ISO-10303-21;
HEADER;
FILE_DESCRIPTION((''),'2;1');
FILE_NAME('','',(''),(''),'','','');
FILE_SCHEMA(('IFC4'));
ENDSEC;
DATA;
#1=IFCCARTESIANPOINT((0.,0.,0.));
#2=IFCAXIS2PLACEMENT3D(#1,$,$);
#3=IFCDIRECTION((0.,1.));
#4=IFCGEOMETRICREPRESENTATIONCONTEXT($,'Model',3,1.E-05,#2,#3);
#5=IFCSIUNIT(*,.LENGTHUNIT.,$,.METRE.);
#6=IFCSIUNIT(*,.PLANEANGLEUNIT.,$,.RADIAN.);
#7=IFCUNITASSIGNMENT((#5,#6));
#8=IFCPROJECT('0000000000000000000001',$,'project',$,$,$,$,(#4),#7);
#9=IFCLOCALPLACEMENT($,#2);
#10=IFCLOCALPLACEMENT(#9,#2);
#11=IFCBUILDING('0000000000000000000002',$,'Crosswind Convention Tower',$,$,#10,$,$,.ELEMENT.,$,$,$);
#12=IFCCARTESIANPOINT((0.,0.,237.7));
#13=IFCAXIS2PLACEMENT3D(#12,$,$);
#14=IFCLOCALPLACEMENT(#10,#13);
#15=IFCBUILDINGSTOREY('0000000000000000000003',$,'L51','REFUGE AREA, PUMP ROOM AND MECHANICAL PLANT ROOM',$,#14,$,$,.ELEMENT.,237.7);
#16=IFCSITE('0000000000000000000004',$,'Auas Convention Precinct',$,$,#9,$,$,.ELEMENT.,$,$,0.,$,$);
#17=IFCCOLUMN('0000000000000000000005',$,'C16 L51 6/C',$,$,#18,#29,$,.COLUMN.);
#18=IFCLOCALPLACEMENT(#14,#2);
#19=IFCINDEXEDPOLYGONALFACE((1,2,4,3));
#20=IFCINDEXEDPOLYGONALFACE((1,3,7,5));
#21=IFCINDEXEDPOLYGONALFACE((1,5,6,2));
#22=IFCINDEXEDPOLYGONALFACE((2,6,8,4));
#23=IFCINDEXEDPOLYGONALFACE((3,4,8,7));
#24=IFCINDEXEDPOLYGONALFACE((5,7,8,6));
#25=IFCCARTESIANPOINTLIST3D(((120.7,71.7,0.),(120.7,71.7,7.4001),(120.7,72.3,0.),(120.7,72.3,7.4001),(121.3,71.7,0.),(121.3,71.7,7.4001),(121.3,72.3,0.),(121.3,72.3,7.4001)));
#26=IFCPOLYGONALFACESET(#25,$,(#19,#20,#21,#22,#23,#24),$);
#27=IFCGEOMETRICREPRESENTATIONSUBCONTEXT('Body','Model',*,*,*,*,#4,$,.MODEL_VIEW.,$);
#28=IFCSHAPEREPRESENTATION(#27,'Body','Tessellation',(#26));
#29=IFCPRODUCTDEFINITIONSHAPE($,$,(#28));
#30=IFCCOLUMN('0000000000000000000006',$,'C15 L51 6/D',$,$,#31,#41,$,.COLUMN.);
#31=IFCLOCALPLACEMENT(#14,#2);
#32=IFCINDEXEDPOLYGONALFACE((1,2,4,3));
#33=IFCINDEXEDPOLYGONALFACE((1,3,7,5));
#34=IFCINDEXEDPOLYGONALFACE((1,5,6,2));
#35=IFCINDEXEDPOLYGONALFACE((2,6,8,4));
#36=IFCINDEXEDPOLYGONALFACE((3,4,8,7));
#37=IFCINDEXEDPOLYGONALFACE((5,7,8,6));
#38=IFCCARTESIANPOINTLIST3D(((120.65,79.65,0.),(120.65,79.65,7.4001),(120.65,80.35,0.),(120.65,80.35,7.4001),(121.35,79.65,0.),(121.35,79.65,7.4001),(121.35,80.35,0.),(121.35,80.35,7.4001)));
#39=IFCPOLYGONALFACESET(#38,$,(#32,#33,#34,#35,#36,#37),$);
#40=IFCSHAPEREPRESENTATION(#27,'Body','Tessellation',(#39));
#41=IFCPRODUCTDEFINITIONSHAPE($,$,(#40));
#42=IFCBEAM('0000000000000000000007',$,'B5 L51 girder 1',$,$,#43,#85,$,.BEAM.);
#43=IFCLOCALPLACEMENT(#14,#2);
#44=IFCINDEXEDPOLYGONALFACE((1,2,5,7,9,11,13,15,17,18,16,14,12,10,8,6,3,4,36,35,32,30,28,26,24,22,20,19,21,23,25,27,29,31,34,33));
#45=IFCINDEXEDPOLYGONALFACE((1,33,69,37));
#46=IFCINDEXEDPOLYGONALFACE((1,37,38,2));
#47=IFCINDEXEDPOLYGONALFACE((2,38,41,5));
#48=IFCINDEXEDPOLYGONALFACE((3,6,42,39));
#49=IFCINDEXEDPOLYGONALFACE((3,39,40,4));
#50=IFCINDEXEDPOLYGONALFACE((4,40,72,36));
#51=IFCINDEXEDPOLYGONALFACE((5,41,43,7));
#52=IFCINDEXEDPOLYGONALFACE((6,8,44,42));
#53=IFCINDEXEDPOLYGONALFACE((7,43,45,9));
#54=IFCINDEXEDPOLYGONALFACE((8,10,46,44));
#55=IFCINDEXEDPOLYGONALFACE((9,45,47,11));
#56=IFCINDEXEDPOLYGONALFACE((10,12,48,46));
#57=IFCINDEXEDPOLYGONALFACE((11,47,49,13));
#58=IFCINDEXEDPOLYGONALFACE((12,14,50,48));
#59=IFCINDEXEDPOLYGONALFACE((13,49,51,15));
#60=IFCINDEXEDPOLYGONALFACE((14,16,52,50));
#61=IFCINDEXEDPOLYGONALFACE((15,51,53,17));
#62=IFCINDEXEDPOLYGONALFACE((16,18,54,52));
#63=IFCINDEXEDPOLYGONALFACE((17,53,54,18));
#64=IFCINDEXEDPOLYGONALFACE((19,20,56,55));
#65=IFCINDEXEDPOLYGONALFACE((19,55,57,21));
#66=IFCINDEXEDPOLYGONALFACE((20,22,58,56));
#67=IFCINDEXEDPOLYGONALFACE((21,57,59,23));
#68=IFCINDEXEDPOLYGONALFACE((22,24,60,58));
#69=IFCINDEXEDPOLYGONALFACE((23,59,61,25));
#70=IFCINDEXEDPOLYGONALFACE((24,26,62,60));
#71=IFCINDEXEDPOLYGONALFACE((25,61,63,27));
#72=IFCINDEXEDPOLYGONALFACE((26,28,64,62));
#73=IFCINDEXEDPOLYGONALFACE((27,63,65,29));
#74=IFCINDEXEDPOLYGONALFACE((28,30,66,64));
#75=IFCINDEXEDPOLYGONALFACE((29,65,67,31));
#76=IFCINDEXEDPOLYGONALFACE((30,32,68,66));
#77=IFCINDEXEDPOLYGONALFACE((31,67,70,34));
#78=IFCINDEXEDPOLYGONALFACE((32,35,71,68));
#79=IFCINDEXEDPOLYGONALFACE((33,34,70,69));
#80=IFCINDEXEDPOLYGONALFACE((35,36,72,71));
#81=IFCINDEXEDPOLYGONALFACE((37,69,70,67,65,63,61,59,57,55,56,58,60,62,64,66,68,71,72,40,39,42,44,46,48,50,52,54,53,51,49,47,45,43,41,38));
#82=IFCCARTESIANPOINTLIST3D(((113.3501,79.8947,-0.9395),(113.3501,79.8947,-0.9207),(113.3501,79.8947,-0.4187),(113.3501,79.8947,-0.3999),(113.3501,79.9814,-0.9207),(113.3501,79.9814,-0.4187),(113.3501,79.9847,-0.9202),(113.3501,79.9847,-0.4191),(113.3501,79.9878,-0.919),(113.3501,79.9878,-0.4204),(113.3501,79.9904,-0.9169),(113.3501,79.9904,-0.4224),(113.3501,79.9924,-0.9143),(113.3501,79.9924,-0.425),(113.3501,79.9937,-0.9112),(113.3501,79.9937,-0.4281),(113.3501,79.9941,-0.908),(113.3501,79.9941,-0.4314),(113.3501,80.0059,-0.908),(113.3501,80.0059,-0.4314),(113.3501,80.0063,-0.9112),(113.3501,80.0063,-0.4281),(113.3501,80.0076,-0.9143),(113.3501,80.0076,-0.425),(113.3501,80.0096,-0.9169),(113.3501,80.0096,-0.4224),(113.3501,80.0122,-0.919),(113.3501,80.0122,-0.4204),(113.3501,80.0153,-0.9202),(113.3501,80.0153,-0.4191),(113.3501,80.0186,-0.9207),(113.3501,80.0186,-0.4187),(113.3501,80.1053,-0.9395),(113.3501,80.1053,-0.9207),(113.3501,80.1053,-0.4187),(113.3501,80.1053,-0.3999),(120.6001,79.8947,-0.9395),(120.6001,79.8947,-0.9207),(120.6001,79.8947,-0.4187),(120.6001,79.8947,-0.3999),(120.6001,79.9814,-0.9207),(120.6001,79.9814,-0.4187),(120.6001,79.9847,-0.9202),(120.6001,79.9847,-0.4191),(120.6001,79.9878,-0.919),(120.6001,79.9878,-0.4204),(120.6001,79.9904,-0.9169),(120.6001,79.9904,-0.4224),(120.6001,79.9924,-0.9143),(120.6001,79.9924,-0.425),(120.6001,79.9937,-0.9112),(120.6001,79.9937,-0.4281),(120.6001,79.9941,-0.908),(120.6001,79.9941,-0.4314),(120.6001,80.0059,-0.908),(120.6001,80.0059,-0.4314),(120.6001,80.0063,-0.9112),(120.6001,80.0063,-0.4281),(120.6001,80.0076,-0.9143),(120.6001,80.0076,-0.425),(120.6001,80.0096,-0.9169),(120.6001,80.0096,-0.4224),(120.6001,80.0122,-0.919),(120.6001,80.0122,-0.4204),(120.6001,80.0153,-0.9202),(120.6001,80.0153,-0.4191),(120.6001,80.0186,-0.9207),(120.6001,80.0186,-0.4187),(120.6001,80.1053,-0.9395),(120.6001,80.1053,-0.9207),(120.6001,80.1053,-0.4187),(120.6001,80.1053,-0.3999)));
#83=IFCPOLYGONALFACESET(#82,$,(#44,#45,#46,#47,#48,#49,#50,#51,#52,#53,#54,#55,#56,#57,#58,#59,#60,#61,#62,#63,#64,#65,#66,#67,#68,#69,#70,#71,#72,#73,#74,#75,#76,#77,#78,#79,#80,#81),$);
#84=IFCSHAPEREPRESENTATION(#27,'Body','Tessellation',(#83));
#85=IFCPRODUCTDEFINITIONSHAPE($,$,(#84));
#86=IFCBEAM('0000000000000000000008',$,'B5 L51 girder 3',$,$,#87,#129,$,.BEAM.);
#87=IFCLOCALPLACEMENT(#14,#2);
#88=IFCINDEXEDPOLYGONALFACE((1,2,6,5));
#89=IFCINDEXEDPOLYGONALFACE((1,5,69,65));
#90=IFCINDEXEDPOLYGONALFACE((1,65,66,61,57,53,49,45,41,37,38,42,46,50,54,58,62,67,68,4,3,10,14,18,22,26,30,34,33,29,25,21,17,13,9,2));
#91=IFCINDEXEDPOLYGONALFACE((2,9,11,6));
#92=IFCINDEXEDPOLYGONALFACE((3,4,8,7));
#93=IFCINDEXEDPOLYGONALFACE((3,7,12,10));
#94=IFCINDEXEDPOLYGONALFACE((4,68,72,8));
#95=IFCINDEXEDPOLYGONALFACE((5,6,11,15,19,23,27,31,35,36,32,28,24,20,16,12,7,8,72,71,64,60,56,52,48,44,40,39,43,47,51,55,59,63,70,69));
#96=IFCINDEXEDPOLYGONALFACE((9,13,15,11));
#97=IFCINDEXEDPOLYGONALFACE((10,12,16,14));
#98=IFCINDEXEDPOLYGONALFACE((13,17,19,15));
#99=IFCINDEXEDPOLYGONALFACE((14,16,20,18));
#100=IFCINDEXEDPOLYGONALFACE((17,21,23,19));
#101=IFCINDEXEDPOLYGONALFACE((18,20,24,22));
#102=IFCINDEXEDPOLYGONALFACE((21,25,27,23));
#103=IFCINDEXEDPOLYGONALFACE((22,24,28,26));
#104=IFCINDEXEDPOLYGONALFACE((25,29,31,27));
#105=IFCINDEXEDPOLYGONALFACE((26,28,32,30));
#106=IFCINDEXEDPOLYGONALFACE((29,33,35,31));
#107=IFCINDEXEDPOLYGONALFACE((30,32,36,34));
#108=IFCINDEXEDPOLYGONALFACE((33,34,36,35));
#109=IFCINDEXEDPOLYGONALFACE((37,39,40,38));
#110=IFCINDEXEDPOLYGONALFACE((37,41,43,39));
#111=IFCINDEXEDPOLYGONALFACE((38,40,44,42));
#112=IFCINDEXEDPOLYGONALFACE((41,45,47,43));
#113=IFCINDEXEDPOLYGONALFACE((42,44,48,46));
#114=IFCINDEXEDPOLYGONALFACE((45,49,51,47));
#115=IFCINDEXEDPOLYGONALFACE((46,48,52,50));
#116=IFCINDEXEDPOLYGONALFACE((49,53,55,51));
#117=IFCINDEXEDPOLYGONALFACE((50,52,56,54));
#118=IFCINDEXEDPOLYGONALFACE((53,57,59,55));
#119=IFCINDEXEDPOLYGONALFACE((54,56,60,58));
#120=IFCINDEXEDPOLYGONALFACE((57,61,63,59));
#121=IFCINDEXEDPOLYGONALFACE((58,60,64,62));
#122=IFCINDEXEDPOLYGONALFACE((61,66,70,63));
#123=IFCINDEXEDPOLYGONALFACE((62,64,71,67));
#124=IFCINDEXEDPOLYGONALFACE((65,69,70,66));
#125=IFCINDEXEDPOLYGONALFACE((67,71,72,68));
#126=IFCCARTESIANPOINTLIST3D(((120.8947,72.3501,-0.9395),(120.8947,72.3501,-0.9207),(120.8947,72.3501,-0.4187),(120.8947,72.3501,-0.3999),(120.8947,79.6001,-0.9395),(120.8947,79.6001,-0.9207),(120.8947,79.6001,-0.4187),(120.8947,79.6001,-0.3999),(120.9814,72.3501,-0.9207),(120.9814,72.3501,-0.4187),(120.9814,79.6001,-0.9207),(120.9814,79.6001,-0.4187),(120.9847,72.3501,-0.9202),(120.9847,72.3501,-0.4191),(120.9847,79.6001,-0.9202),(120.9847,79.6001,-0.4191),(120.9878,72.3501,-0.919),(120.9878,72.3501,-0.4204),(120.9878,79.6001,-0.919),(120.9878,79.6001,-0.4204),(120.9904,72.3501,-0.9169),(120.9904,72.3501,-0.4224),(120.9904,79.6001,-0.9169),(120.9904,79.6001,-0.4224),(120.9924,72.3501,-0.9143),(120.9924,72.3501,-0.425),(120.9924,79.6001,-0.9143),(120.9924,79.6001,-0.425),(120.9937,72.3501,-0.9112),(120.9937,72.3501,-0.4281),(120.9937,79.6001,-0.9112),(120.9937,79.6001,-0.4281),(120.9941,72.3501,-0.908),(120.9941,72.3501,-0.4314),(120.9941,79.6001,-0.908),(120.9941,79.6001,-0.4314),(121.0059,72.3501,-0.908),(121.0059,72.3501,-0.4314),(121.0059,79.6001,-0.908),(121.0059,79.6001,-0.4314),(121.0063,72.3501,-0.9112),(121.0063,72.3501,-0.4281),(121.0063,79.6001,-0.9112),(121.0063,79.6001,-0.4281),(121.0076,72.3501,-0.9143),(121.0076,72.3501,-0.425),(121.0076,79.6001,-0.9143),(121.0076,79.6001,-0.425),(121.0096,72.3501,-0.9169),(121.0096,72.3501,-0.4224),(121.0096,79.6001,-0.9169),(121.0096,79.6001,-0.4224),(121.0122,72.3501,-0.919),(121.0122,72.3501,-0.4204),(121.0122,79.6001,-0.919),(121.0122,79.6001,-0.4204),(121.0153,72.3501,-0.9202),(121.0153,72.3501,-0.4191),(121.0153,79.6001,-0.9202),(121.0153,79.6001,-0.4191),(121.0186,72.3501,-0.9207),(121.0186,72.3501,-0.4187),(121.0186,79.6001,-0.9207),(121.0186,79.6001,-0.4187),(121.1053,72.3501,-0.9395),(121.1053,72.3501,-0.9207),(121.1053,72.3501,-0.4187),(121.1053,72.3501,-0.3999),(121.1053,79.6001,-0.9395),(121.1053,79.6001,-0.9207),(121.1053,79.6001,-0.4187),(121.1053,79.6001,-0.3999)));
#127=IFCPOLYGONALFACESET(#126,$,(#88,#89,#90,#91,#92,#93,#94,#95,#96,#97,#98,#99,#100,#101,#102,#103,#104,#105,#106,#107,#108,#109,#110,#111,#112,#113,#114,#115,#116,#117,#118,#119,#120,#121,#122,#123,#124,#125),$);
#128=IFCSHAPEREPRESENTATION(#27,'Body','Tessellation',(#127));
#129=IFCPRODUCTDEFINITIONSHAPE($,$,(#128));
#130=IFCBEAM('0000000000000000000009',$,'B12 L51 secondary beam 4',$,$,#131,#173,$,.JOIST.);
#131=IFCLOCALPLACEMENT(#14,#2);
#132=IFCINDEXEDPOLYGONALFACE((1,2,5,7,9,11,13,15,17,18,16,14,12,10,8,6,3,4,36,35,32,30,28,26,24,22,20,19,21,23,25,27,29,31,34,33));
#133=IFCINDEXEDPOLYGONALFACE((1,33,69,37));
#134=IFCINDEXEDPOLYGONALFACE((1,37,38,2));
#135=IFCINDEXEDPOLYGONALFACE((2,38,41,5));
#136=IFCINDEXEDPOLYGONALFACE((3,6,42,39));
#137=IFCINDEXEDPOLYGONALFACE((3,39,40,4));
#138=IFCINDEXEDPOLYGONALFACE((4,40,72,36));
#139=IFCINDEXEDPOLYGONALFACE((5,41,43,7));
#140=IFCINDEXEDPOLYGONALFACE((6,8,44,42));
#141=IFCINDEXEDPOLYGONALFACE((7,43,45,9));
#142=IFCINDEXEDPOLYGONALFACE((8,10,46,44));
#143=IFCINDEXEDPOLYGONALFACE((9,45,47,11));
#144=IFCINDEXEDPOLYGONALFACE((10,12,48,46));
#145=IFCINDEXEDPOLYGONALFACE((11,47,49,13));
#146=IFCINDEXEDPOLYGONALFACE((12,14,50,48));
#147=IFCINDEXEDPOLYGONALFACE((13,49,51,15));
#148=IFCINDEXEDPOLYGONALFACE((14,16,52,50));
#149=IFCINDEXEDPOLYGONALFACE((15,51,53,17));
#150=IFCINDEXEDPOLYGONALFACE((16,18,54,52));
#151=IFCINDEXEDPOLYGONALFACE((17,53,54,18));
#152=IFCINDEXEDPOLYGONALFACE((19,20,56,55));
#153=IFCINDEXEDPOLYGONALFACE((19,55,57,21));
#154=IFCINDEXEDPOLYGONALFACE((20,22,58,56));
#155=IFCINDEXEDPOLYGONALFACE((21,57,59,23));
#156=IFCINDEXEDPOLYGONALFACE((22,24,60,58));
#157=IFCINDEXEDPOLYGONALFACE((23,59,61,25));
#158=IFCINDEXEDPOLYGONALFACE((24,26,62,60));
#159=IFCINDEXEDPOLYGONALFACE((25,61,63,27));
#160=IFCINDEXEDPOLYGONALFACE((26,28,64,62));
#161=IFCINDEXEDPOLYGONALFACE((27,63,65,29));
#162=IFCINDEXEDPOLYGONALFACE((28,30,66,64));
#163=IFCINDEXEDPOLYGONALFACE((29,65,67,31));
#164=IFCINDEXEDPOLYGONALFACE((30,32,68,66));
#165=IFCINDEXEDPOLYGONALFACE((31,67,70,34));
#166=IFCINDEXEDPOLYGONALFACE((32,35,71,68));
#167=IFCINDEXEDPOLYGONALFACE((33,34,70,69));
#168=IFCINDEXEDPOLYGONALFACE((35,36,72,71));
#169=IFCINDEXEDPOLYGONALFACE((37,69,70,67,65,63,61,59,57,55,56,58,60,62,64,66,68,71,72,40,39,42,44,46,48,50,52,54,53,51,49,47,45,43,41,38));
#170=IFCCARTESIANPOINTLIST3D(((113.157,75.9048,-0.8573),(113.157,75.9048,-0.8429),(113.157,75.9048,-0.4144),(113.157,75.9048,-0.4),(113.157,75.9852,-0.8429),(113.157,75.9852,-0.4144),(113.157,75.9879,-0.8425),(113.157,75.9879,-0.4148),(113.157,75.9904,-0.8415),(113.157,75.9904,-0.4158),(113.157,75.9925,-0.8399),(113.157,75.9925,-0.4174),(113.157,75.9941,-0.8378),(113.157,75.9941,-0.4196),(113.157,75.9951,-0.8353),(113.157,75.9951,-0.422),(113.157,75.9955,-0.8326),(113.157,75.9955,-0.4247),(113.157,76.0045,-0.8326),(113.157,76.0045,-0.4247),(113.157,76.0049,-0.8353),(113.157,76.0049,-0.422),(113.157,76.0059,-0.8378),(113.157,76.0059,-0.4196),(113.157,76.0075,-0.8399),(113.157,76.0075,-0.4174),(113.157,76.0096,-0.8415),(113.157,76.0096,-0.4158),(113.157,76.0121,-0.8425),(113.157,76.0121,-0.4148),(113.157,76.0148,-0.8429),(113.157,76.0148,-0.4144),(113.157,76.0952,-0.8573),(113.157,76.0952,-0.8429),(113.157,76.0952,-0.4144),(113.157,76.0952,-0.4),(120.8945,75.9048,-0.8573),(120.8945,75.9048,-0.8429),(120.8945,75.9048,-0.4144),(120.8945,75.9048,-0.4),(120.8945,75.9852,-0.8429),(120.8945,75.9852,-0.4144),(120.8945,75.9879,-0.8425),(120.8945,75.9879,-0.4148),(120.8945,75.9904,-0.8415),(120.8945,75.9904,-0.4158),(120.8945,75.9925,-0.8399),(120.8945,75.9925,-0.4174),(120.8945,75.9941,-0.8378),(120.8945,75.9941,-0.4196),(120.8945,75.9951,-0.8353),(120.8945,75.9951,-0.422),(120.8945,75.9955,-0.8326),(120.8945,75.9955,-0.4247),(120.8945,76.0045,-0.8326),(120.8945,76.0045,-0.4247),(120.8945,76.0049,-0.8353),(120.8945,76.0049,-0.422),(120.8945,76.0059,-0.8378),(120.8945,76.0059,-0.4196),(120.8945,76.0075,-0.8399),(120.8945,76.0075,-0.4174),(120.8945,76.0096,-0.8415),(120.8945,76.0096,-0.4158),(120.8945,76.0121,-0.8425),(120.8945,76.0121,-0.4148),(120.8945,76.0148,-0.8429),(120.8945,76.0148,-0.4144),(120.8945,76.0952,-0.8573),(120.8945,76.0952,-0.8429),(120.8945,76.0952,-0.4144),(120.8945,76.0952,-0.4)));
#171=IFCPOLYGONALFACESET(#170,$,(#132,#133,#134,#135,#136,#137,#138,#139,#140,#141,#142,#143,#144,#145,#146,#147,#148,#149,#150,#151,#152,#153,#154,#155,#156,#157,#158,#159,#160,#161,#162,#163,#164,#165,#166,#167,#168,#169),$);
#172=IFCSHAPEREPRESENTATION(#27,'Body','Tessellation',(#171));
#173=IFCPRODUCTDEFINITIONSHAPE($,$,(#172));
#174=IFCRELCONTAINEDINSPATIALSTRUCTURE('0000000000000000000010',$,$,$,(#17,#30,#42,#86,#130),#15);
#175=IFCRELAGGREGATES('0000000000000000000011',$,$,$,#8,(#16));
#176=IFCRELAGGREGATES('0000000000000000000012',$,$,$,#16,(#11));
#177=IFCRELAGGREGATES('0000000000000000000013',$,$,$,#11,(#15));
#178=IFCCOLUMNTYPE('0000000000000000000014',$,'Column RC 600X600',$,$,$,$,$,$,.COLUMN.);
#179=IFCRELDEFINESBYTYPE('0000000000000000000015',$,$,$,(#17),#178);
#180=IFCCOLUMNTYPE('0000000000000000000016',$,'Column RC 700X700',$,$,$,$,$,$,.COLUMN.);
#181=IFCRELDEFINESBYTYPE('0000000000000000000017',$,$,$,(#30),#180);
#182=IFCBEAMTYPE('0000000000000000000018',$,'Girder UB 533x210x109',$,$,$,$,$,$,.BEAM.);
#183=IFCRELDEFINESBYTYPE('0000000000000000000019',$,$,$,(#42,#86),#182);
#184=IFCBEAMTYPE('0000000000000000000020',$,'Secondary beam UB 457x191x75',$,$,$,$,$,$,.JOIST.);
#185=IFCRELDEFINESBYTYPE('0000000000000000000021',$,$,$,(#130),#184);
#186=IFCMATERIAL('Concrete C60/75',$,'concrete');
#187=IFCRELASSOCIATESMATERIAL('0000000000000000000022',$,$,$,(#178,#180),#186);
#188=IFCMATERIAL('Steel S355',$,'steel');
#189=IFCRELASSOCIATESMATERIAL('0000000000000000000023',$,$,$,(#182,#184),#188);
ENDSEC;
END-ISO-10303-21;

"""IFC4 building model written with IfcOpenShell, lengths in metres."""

from ifc_helpers import new_model, si_unit, direction, frame, origin, origin_2d, place, context, subcontext, project, spatial, rectangle, i_section, extrude, material, material_profile, profile_set, type_object, element, save


model = new_model("IFC4")

# Units and contexts
model_context = context("Model", 3, precision=1e-05, world=origin(), true_north=direction((0.0, 1.0)))
body_context = subcontext(model_context, "Body", "Model", "MODEL_VIEW")
ifc_project = project(units=[si_unit("LENGTHUNIT", "METRE"), si_unit("PLANEANGLEUNIT", "RADIAN")], contexts=[model_context])

# Site, building, storey
site_placement = place(None, origin())
site = spatial("IfcSite", under=ifc_project, at=site_placement, Name="Auas Convention Precinct", CompositionType="ELEMENT", RefElevation=0.0)
building_placement = place(site_placement, origin())
building = spatial("IfcBuilding", under=site, at=building_placement, Name="Crosswind Convention Tower", CompositionType="ELEMENT")
storey_placement = place(building_placement, frame((0.0, 0.0, 237.7)))
storey = spatial("IfcBuildingStorey", under=building, at=storey_placement, Name="L51", Description="REFUGE AREA, PUMP ROOM AND MECHANICAL PLANT ROOM", CompositionType="ELEMENT", Elevation=237.7)

# Columns
ifc_material_1 = material(Name="Concrete C60/75", Category="concrete")
ifc_material_profile_1 = material_profile(ifc_material_1, rectangle(XDim=0.6001, YDim=0.6001, at=origin_2d()), Name="RC 600X600")
ifc_profile_set_1 = profile_set([ifc_material_profile_1], Name="Concrete C60/75")
column_type_1 = type_object("IfcColumnType", Name="Column RC 600X600", PredefinedType="COLUMN", material=ifc_profile_set_1)
column_1_placement = place(storey_placement, frame((121.0, 72.0, 0.0), z_axis=(0.0, 0.0, 1.0), x_axis=(1.0, 0.0, 0.0)))
element("IfcColumn", 1, at=column_1_placement, inside=storey, type_object=column_type_1, Name="C16 L51 6/C", PredefinedType="COLUMN", context=body_context, shape_type="SweptSolid", body=[
    extrude(rectangle(XDim=0.6001, YDim=0.6001, at=origin_2d()), origin(), (0.0, 0.0, 1.0), 7.4001),
])
ifc_material_profile_2 = material_profile(ifc_material_1, rectangle(XDim=0.7, YDim=0.7, at=origin_2d()), Name="RC 700X700")
ifc_profile_set_2 = profile_set([ifc_material_profile_2], Name="Concrete C60/75")
column_type_2 = type_object("IfcColumnType", Name="Column RC 700X700", PredefinedType="COLUMN", material=ifc_profile_set_2)
column_2_placement = place(storey_placement, frame((121.0, 80.0, 0.0), z_axis=(0.0, 0.0, 1.0), x_axis=(1.0, 0.0, 0.0)))
element("IfcColumn", 2, at=column_2_placement, inside=storey, type_object=column_type_2, Name="C15 L51 6/D", PredefinedType="COLUMN", context=body_context, shape_type="SweptSolid", body=[
    extrude(rectangle(XDim=0.7, YDim=0.7, at=origin_2d()), origin(), (0.0, 0.0, 1.0), 7.4001),
])

# Beams
ifc_material_2 = material(Name="Steel S355", Category="steel")
ifc_material_profile_3 = material_profile(ifc_material_2, i_section(OverallWidth=0.2107, OverallDepth=0.5396, WebThickness=0.0117, FlangeThickness=0.0188, FilletRadius=0.0127, at=origin_2d()), Name="UB 533x210x109")
ifc_profile_set_3 = profile_set([ifc_material_profile_3], Name="Steel S355")
beam_type_1 = type_object("IfcBeamType", Name="Girder UB 533x210x109", PredefinedType="BEAM", material=ifc_profile_set_3)
for number, where, z_axis, x_axis, name in (
    (3, (113.3501, 80.0, -0.6697), (1.0, 0.0, 0.0), (0.0, 1.0, 0.0), "B5 L51 girder 1"),
    (4, (121.0, 72.3501, -0.6697), (0.0, 1.0, 0.0), (-1.0, 0.0, 0.0), "B5 L51 girder 3"),
):
    element("IfcBeam", number, at=place(storey_placement, frame(where, z_axis=z_axis, x_axis=x_axis)), inside=storey, type_object=beam_type_1, Name=name, PredefinedType="BEAM", context=body_context, shape_type="SweptSolid", body=[
        extrude(i_section(OverallWidth=0.2107, OverallDepth=0.5396, WebThickness=0.0117, FlangeThickness=0.0188, FilletRadius=0.0127, at=origin_2d()), origin(), (0.0, 0.0, 1.0), 7.25),
    ])
ifc_material_profile_4 = material_profile(ifc_material_2, i_section(OverallWidth=0.1904, OverallDepth=0.4573, WebThickness=0.009, FlangeThickness=0.0144, FilletRadius=0.0103, at=origin_2d()), Name="UB 457x191x75")
ifc_profile_set_4 = profile_set([ifc_material_profile_4], Name="Steel S355")
beam_type_2 = type_object("IfcBeamType", Name="Secondary beam UB 457x191x75", PredefinedType="JOIST", material=ifc_profile_set_4)
beam_1_placement = place(storey_placement, frame((113.157, 76.0, -0.6287), z_axis=(1.0, 0.0, 0.0), x_axis=(0.0, 1.0, 0.0)))
element("IfcBeam", 5, at=beam_1_placement, inside=storey, type_object=beam_type_2, Name="B12 L51 secondary beam 4", PredefinedType="JOIST", context=body_context, shape_type="SweptSolid", body=[
    extrude(i_section(OverallWidth=0.1904, OverallDepth=0.4573, WebThickness=0.009, FlangeThickness=0.0144, FilletRadius=0.0103, at=origin_2d()), origin(), (0.0, 0.0, 1.0), 7.7375),
])

save(model, "model.ifc")
